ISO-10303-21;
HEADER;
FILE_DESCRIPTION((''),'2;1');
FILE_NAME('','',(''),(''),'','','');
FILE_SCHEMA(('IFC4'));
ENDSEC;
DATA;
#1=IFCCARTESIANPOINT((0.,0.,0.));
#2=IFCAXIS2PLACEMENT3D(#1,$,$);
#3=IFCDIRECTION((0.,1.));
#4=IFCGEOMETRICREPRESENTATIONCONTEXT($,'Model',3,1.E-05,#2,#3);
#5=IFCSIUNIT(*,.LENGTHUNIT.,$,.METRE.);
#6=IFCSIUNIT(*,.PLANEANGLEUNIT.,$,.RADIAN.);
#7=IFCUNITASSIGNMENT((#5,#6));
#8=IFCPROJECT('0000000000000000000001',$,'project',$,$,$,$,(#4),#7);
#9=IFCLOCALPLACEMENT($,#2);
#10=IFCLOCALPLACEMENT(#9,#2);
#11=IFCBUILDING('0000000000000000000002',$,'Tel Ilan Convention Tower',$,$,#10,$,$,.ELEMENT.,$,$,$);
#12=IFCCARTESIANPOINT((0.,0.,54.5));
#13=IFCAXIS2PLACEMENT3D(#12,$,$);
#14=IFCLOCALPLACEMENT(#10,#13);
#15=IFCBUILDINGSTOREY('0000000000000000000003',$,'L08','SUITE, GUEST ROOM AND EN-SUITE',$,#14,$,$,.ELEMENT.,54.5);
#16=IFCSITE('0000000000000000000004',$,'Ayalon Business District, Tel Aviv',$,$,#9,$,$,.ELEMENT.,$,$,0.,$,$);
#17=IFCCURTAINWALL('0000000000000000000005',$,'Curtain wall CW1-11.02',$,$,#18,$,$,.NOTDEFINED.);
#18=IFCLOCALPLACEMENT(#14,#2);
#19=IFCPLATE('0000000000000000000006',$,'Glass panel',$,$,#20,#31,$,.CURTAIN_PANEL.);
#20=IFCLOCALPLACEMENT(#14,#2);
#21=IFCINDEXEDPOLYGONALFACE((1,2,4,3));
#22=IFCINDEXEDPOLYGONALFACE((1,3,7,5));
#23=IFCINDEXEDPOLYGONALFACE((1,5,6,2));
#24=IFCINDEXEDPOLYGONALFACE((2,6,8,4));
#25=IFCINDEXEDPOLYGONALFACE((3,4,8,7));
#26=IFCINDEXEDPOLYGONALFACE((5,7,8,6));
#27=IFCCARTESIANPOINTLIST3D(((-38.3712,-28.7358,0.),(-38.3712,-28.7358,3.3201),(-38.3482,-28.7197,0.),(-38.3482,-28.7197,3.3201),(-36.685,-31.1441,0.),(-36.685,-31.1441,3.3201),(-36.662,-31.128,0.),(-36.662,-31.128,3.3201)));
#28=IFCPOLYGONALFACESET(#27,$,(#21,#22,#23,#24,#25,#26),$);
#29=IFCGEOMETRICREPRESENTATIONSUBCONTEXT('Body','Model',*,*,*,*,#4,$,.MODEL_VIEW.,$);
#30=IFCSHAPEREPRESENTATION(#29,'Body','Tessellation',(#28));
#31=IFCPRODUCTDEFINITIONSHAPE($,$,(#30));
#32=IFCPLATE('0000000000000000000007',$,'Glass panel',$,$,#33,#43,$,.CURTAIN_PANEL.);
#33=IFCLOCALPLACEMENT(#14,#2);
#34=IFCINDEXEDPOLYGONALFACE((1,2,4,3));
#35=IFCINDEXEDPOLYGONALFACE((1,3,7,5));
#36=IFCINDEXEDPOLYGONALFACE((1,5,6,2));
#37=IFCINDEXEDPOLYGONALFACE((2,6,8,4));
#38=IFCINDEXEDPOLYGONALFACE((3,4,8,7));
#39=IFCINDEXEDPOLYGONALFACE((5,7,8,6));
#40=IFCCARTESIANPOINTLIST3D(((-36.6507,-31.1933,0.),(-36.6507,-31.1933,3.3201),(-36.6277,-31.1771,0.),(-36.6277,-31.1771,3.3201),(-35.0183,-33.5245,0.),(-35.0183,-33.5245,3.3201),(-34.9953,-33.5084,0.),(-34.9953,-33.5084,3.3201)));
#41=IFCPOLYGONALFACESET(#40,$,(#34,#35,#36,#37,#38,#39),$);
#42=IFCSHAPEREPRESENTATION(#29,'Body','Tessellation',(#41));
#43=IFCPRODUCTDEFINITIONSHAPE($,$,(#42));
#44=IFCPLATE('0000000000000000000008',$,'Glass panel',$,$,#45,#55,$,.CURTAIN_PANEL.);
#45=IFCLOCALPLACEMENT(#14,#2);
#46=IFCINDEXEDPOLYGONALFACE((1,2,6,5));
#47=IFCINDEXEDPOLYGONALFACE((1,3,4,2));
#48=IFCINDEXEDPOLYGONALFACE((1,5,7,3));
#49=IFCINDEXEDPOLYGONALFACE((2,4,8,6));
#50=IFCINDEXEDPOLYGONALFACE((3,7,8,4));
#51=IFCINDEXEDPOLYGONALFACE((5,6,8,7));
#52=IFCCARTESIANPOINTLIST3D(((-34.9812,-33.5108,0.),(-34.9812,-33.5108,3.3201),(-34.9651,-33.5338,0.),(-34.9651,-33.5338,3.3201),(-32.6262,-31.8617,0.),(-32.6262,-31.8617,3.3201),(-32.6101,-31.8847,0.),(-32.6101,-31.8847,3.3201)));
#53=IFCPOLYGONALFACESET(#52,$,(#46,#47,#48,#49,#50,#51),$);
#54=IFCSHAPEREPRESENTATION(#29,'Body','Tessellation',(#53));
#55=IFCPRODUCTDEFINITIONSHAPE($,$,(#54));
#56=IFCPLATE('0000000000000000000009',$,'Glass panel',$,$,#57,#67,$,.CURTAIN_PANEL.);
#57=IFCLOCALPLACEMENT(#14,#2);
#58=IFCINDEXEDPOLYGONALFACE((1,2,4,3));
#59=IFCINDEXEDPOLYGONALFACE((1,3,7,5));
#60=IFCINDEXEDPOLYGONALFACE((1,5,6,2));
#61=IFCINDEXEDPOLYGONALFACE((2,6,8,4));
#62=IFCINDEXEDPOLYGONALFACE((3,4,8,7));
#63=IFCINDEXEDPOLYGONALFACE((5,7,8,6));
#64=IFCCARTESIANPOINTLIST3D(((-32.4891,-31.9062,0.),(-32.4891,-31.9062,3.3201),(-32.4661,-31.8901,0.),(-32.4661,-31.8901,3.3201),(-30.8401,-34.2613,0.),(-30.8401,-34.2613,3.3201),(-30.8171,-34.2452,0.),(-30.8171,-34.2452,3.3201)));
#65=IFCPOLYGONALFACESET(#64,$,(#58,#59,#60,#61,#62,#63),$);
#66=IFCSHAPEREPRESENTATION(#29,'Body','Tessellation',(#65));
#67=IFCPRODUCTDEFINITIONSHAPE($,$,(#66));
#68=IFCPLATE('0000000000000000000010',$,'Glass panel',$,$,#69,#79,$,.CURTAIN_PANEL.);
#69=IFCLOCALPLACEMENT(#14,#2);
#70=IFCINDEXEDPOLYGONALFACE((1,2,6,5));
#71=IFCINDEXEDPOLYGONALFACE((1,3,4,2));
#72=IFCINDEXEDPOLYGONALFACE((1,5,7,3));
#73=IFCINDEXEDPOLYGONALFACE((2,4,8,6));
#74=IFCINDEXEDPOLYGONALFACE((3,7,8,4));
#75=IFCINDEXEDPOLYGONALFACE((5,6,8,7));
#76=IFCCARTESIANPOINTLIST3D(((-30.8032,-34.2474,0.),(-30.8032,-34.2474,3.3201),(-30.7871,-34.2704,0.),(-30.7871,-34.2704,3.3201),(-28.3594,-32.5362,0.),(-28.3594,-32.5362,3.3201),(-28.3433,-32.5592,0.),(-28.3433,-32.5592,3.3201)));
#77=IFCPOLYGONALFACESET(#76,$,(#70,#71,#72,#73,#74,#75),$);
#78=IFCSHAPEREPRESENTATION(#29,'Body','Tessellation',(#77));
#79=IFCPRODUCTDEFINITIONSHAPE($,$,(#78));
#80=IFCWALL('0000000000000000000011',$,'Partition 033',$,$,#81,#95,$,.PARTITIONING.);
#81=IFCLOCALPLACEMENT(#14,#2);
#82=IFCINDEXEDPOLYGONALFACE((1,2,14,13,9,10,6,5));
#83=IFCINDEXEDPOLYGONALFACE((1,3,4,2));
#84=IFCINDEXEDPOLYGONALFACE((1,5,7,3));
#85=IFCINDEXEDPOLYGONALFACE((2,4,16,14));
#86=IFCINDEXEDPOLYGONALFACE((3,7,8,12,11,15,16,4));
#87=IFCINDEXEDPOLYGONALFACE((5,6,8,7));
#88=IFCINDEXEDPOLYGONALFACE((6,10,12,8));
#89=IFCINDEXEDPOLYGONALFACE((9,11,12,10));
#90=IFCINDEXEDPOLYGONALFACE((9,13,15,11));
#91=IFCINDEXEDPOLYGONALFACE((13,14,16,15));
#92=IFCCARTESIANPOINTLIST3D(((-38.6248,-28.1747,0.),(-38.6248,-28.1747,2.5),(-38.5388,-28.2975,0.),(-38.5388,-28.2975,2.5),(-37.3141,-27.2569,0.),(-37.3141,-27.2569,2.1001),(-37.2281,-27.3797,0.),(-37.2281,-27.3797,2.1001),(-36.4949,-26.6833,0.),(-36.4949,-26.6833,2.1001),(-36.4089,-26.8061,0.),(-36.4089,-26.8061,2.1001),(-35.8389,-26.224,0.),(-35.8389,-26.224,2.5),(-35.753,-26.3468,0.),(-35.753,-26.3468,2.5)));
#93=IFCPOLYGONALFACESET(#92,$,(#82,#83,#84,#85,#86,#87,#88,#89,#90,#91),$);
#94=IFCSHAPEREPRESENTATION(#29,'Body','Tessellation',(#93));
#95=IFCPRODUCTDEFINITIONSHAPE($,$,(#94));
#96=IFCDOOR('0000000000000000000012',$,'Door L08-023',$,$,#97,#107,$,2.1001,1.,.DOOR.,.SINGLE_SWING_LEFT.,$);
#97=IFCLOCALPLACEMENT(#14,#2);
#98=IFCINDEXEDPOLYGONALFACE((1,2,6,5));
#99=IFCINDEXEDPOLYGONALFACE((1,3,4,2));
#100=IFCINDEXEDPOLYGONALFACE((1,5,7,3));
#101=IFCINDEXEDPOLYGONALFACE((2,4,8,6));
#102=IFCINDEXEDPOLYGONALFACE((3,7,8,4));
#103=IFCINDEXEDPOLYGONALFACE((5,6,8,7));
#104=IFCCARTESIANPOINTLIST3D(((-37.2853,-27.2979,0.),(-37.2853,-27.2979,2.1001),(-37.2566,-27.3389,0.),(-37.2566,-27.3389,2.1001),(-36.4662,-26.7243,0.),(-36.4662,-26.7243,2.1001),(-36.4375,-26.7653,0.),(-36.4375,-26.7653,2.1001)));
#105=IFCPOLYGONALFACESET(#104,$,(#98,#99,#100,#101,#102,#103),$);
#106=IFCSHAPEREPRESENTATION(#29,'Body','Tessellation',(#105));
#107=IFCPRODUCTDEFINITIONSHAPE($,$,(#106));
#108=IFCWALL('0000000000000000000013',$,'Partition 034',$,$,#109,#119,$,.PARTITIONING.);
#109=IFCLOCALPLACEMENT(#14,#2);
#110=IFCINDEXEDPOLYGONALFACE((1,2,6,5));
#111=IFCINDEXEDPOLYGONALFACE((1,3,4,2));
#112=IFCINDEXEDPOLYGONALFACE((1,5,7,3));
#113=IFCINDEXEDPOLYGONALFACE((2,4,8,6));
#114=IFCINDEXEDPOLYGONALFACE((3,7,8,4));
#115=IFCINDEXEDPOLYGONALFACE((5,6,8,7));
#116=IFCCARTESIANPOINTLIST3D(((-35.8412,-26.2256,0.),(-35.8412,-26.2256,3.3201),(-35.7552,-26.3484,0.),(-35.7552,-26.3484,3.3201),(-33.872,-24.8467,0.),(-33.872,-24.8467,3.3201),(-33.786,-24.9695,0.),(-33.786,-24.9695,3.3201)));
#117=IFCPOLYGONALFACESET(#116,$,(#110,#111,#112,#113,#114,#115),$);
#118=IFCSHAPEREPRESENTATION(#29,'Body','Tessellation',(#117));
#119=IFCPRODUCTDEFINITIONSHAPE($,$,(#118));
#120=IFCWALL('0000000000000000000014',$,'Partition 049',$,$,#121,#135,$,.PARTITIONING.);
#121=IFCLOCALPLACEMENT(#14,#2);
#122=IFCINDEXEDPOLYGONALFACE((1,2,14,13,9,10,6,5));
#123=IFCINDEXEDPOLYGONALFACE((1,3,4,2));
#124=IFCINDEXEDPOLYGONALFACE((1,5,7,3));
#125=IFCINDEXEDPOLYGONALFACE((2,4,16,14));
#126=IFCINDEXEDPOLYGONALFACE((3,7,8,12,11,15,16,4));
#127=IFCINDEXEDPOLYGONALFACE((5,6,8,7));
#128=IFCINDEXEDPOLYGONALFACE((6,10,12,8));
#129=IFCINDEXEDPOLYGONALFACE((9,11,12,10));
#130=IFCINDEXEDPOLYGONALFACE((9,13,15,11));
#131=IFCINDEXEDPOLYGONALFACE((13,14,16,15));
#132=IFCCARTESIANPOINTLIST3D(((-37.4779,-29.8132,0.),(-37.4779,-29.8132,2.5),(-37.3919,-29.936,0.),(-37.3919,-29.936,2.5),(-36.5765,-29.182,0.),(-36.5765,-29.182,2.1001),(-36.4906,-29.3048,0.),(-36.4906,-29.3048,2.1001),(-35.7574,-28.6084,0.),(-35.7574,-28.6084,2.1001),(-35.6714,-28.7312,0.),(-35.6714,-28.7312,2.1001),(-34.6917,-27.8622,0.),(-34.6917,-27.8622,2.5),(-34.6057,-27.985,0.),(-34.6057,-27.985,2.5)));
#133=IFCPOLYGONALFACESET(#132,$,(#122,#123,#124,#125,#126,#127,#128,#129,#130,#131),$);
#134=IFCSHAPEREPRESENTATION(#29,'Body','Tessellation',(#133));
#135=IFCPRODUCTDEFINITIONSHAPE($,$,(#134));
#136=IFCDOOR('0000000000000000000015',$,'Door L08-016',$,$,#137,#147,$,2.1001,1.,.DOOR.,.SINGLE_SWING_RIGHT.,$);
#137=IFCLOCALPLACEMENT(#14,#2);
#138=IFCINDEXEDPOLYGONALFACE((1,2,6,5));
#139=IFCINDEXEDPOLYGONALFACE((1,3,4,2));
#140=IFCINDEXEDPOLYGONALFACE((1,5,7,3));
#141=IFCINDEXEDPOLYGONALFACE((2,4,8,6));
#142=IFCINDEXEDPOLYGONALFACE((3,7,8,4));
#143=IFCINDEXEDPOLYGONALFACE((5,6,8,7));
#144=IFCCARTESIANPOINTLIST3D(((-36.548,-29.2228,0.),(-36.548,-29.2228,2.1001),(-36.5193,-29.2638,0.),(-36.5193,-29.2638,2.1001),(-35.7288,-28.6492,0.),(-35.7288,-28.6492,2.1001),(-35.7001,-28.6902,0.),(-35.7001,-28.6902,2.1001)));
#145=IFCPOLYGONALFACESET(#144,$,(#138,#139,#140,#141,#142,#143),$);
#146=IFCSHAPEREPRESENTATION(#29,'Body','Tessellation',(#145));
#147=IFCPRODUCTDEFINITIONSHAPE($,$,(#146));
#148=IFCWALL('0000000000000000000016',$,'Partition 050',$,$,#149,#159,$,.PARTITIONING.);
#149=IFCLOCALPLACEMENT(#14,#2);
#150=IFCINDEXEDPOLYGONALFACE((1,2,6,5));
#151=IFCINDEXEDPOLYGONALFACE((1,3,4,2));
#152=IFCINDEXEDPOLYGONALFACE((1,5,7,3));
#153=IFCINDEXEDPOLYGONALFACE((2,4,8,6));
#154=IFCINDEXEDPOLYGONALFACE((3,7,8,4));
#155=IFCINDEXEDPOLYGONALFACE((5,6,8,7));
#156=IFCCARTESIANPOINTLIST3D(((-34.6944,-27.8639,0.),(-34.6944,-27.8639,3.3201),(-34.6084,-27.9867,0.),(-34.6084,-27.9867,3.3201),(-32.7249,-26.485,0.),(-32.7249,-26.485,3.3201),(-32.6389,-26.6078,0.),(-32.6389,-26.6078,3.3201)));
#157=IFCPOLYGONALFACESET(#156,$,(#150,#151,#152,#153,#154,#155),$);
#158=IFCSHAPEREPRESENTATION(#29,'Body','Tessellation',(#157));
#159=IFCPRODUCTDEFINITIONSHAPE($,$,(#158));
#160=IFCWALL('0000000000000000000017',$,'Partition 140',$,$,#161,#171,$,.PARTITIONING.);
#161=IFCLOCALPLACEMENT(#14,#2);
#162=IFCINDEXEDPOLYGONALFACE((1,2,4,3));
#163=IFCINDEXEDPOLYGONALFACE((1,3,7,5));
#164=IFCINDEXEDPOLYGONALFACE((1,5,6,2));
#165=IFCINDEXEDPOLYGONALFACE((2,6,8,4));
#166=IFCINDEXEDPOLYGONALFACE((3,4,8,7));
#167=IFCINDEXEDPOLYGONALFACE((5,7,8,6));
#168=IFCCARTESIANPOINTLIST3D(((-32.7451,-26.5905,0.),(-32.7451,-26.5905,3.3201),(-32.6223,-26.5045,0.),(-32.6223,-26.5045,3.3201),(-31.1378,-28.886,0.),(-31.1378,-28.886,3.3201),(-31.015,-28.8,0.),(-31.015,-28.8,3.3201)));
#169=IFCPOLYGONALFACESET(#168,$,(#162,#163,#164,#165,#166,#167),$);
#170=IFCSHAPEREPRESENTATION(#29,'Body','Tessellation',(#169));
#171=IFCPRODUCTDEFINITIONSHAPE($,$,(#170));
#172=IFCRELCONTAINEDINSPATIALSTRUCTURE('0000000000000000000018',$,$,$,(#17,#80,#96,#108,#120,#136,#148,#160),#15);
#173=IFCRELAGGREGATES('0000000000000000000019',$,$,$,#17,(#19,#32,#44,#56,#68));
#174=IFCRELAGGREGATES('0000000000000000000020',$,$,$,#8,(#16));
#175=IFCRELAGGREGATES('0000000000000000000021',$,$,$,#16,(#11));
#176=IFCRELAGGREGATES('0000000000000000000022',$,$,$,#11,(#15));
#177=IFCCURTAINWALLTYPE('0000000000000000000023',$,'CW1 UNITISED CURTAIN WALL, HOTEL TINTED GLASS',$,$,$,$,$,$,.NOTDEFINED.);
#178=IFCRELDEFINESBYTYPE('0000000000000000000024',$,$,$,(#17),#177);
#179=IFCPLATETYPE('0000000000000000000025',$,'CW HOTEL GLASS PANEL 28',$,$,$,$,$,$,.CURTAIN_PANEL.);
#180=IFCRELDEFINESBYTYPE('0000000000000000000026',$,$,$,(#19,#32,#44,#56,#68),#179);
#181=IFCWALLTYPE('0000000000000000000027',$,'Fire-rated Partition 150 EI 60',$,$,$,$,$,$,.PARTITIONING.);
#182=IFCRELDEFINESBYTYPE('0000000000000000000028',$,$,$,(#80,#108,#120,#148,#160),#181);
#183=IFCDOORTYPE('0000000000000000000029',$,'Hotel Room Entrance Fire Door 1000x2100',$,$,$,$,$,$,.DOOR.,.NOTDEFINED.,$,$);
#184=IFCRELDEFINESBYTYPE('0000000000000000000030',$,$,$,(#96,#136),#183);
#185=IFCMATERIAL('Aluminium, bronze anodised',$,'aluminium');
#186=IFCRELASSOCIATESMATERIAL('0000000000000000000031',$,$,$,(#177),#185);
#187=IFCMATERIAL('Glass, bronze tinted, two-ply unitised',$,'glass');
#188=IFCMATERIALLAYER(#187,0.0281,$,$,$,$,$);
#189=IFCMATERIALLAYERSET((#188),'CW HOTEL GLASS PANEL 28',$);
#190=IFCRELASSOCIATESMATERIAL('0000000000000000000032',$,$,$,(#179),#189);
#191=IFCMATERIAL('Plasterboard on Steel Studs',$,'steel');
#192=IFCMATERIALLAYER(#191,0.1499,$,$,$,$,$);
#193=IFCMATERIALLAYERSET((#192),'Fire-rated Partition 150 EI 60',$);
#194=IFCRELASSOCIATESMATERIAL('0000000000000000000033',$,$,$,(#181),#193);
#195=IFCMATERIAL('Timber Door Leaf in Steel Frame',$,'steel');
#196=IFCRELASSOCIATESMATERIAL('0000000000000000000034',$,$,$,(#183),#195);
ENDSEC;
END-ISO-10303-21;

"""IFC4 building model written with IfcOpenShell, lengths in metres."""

from ifc_helpers import new_model, si_unit, direction, frame, frame_2d, origin, origin_2d, place, context, subcontext, project, spatial, rectangle, extrude, material, layer, layer_set, type_object, element, fill, aggregate, save


model = new_model("IFC4")

# Units and contexts
model_context = context("Model", 3, precision=1e-05, world=origin(), true_north=direction((0.0, 1.0)))
body_context = subcontext(model_context, "Body", "Model", "MODEL_VIEW")
ifc_project = project(units=[si_unit("LENGTHUNIT", "METRE"), si_unit("PLANEANGLEUNIT", "RADIAN")], contexts=[model_context])

# Site, building, storey
site_placement = place(None, origin())
site = spatial("IfcSite", under=ifc_project, at=site_placement, Name="Ayalon Business District, Tel Aviv", CompositionType="ELEMENT", RefElevation=0.0)
building_placement = place(site_placement, origin())
building = spatial("IfcBuilding", under=site, at=building_placement, Name="Tel Ilan Convention Tower", CompositionType="ELEMENT")
storey_placement = place(building_placement, frame((0.0, 0.0, 54.5)))
storey = spatial("IfcBuildingStorey", under=building, at=storey_placement, Name="L08", Description="SUITE, GUEST ROOM AND EN-SUITE", CompositionType="ELEMENT", Elevation=54.5)

# Curtain wall, plates
ifc_material_1 = material(Name="Aluminium, bronze anodised", Category="aluminium")
curtain_wall_type = type_object("IfcCurtainWallType", Name="CW1 UNITISED CURTAIN WALL, HOTEL TINTED GLASS", PredefinedType="NOTDEFINED", material=ifc_material_1)
curtain_wall_placement = place(storey_placement, origin())
curtain_wall = element("IfcCurtainWall", 1, at=curtain_wall_placement, inside=storey, type_object=curtain_wall_type, Name="Curtain wall CW1-11.02", PredefinedType="NOTDEFINED")
ifc_material_2 = material(Name="Glass, bronze tinted, two-ply unitised", Category="glass")
ifc_layer_1 = layer(ifc_material_2, 0.0281)
ifc_layer_set_1 = layer_set([ifc_layer_1], Name="CW HOTEL GLASS PANEL 28")
plate_type = type_object("IfcPlateType", Name="CW HOTEL GLASS PANEL 28", PredefinedType="CURTAIN_PANEL", material=ifc_layer_set_1)
plate_1_placement = place(storey_placement, frame((-37.5166, -29.9319, 0.0), z_axis=(0.0, 0.0, 1.0), x_axis=(0.573576, -0.819152, 0.0)))
plate_1 = element("IfcPlate", 2, at=plate_1_placement, type_object=plate_type, Name="Glass panel", PredefinedType="CURTAIN_PANEL", context=body_context, shape_type="SweptSolid", body=[
    extrude(rectangle(XDim=2.9399, YDim=0.0281, at=origin_2d()), origin(), (0.0, 0.0, 1.0), 3.3201),
])
plate_2_placement = place(storey_placement, frame((-35.823, -32.3508, 0.0), z_axis=(0.0, 0.0, 1.0), x_axis=(0.573576, -0.819152, 0.0)))
plate_2 = element("IfcPlate", 3, at=plate_2_placement, type_object=plate_type, Name="Glass panel", PredefinedType="CURTAIN_PANEL", context=body_context, shape_type="SweptSolid", body=[
    extrude(rectangle(XDim=2.8459, YDim=0.0281, at=origin_2d()), origin(), (0.0, 0.0, 1.0), 3.3201),
])
plate_3_placement = place(storey_placement, frame((-33.7957, -32.6978, 0.0), z_axis=(0.0, 0.0, 1.0), x_axis=(0.819152, 0.573576, 0.0)))
plate_3 = element("IfcPlate", 4, at=plate_3_placement, type_object=plate_type, Name="Glass panel", PredefinedType="CURTAIN_PANEL", context=body_context, shape_type="SweptSolid", body=[
    extrude(rectangle(XDim=2.875, YDim=0.0281, at=origin_2d()), origin(), (0.0, 0.0, 1.0), 3.3201),
])
plate_4_placement = place(storey_placement, frame((-31.6531, -33.0757, 0.0), z_axis=(0.0, 0.0, 1.0), x_axis=(0.573576, -0.819152, 0.0)))
plate_4 = element("IfcPlate", 5, at=plate_4_placement, type_object=plate_type, Name="Glass panel", PredefinedType="CURTAIN_PANEL", context=body_context, shape_type="SweptSolid", body=[
    extrude(rectangle(XDim=2.875, YDim=0.0281, at=origin_2d()), origin(), (0.0, 0.0, 1.0), 3.3201),
])
plate_5_placement = place(storey_placement, frame((-29.5732, -33.4033, 0.0), z_axis=(0.0, 0.0, 1.0), x_axis=(0.819152, 0.573576, 0.0)))
plate_5 = element("IfcPlate", 6, at=plate_5_placement, type_object=plate_type, Name="Glass panel", PredefinedType="CURTAIN_PANEL", context=body_context, shape_type="SweptSolid", body=[
    extrude(rectangle(XDim=2.9834, YDim=0.0281, at=origin_2d()), origin(), (0.0, 0.0, 1.0), 3.3201),
])
aggregate(curtain_wall, [plate_1, plate_2, plate_3, plate_4, plate_5])

# Wall, opening, door
ifc_material_3 = material(Name="Plasterboard on Steel Studs", Category="steel")
ifc_layer_2 = layer(ifc_material_3, 0.1499)
ifc_layer_set_2 = layer_set([ifc_layer_2], Name="Fire-rated Partition 150 EI 60")
wall_type_1 = type_object("IfcWallType", Name="Fire-rated Partition 150 EI 60", PredefinedType="PARTITIONING", material=ifc_layer_set_2)
wall_1_placement = place(storey_placement, frame((-38.5818, -28.2361, 0.0), z_axis=(0.0, 0.0, 1.0), x_axis=(0.819154, 0.573573, 0.0)))
wall_1 = element("IfcWall", 7, at=wall_1_placement, inside=storey, type_object=wall_type_1, Name="Partition 033", PredefinedType="PARTITIONING", context=body_context, shape_type="SweptSolid", body=[
    extrude(rectangle(XDim=3.4009, YDim=0.1499, at=frame_2d((1.7004, 0.0))), origin(), (0.0, 0.0, 1.0), 2.5),
])
opening_1_placement = place(wall_1_placement, frame((1.6001, 0.0, 0.0)))
opening_1 = element("IfcOpeningElement", 8, at=opening_1_placement, cuts=wall_1, PredefinedType="OPENING", context=body_context, shape_type="SweptSolid", body=[
    extrude(rectangle(XDim=1.0, YDim=2.1001, at=frame_2d((0.5, 1.05))), frame((0.0, 0.085, 0.0), z_axis=(0.0, -1.0, 0.0), x_axis=(1.0, 0.0, 0.0)), (0.0, 0.0, 1.0), 0.1699),
])
ifc_material_4 = material(Name="Timber Door Leaf in Steel Frame", Category="steel")
door_type_1 = type_object("IfcDoorType", Name="Hotel Room Entrance Fire Door 1000x2100", OperationType="NOTDEFINED", PredefinedType="DOOR", material=ifc_material_4)
door_1_placement = place(opening_1_placement, origin())
door_1 = element("IfcDoor", 9, at=door_1_placement, inside=storey, type_object=door_type_1, Name="Door L08-023", OperationType="SINGLE_SWING_LEFT", OverallHeight=2.1001, OverallWidth=1.0, PredefinedType="DOOR", context=body_context, shape_type="SweptSolid", body=[
    extrude(rectangle(XDim=1.0, YDim=2.1001, at=frame_2d((0.5, 1.05))), frame((0.0, 0.0249, 0.0), z_axis=(0.0, -1.0, 0.0), x_axis=(1.0, 0.0, 0.0)), (0.0, 0.0, 1.0), 0.05),
])
fill(opening_1, door_1)

# Wall
wall_2_placement = place(storey_placement, frame((-35.7983, -26.2871, 0.0), z_axis=(0.0, 0.0, 1.0), x_axis=(0.819146, 0.573585, 0.0)))
element("IfcWall", 10, at=wall_2_placement, inside=storey, type_object=wall_type_1, Name="Partition 034", PredefinedType="PARTITIONING", context=body_context, shape_type="SweptSolid", body=[
    extrude(rectangle(XDim=2.4041, YDim=0.1499, at=frame_2d((1.2021, 0.0))), origin(), (0.0, 0.0, 1.0), 3.3201),
])

# Wall, opening, door
wall_3_placement = place(storey_placement, frame((-34.6487, -27.9236, 0.0), z_axis=(0.0, 0.0, 1.0), x_axis=(-0.819144, -0.573588, 0.0)))
wall_3 = element("IfcWall", 11, at=wall_3_placement, inside=storey, type_object=wall_type_1, Name="Partition 049", PredefinedType="PARTITIONING", context=body_context, shape_type="SweptSolid", body=[
    extrude(rectangle(XDim=3.4014, YDim=0.1499, at=frame_2d((1.7007, 0.0))), origin(), (0.0, 0.0, 1.0), 2.5),
])
opening_2_placement = place(wall_3_placement, frame((1.301, 0.0, 0.0)))
opening_2 = element("IfcOpeningElement", 12, at=opening_2_placement, cuts=wall_3, PredefinedType="OPENING", context=body_context, shape_type="SweptSolid", body=[
    extrude(rectangle(XDim=1.0, YDim=2.1001, at=frame_2d((0.5, 1.05))), frame((0.0, 0.085, 0.0), z_axis=(0.0, -1.0, 0.0), x_axis=(1.0, 0.0, 0.0)), (0.0, 0.0, 1.0), 0.1699),
])
door_2_placement = place(opening_2_placement, origin())
door_2 = element("IfcDoor", 13, at=door_2_placement, inside=storey, type_object=door_type_1, Name="Door L08-016", OperationType="SINGLE_SWING_RIGHT", OverallHeight=2.1001, OverallWidth=1.0, PredefinedType="DOOR", context=body_context, shape_type="SweptSolid", body=[
    extrude(rectangle(XDim=1.0, YDim=2.1001, at=frame_2d((0.5, 1.05))), frame((0.0, 0.0249, 0.0), z_axis=(0.0, -1.0, 0.0), x_axis=(1.0, 0.0, 0.0)), (0.0, 0.0, 1.0), 0.05),
])
fill(opening_2, door_2)

# Walls
wall_4_placement = place(storey_placement, frame((-32.6819, -26.5464, 0.0), z_axis=(0.0, 0.0, 1.0), x_axis=(-0.819179, -0.573537, 0.0)))
element("IfcWall", 14, at=wall_4_placement, inside=storey, type_object=wall_type_1, Name="Partition 050", PredefinedType="PARTITIONING", context=body_context, shape_type="SweptSolid", body=[
    extrude(rectangle(XDim=2.4043, YDim=0.1499, at=frame_2d((1.2021, 0.0))), origin(), (0.0, 0.0, 1.0), 3.3201),
])
wall_5_placement = place(storey_placement, frame((-31.0764, -28.843, 0.0), z_axis=(0.0, 0.0, 1.0), x_axis=(-0.573556, 0.819166, 0.0)))
element("IfcWall", 15, at=wall_5_placement, inside=storey, type_object=wall_type_1, Name="Partition 140", PredefinedType="PARTITIONING", context=body_context, shape_type="SweptSolid", body=[
    extrude(rectangle(XDim=2.8022, YDim=0.1499, at=frame_2d((1.4011, 0.0))), origin(), (0.0, 0.0, 1.0), 3.3201),
])

save(model, "model.ifc")
